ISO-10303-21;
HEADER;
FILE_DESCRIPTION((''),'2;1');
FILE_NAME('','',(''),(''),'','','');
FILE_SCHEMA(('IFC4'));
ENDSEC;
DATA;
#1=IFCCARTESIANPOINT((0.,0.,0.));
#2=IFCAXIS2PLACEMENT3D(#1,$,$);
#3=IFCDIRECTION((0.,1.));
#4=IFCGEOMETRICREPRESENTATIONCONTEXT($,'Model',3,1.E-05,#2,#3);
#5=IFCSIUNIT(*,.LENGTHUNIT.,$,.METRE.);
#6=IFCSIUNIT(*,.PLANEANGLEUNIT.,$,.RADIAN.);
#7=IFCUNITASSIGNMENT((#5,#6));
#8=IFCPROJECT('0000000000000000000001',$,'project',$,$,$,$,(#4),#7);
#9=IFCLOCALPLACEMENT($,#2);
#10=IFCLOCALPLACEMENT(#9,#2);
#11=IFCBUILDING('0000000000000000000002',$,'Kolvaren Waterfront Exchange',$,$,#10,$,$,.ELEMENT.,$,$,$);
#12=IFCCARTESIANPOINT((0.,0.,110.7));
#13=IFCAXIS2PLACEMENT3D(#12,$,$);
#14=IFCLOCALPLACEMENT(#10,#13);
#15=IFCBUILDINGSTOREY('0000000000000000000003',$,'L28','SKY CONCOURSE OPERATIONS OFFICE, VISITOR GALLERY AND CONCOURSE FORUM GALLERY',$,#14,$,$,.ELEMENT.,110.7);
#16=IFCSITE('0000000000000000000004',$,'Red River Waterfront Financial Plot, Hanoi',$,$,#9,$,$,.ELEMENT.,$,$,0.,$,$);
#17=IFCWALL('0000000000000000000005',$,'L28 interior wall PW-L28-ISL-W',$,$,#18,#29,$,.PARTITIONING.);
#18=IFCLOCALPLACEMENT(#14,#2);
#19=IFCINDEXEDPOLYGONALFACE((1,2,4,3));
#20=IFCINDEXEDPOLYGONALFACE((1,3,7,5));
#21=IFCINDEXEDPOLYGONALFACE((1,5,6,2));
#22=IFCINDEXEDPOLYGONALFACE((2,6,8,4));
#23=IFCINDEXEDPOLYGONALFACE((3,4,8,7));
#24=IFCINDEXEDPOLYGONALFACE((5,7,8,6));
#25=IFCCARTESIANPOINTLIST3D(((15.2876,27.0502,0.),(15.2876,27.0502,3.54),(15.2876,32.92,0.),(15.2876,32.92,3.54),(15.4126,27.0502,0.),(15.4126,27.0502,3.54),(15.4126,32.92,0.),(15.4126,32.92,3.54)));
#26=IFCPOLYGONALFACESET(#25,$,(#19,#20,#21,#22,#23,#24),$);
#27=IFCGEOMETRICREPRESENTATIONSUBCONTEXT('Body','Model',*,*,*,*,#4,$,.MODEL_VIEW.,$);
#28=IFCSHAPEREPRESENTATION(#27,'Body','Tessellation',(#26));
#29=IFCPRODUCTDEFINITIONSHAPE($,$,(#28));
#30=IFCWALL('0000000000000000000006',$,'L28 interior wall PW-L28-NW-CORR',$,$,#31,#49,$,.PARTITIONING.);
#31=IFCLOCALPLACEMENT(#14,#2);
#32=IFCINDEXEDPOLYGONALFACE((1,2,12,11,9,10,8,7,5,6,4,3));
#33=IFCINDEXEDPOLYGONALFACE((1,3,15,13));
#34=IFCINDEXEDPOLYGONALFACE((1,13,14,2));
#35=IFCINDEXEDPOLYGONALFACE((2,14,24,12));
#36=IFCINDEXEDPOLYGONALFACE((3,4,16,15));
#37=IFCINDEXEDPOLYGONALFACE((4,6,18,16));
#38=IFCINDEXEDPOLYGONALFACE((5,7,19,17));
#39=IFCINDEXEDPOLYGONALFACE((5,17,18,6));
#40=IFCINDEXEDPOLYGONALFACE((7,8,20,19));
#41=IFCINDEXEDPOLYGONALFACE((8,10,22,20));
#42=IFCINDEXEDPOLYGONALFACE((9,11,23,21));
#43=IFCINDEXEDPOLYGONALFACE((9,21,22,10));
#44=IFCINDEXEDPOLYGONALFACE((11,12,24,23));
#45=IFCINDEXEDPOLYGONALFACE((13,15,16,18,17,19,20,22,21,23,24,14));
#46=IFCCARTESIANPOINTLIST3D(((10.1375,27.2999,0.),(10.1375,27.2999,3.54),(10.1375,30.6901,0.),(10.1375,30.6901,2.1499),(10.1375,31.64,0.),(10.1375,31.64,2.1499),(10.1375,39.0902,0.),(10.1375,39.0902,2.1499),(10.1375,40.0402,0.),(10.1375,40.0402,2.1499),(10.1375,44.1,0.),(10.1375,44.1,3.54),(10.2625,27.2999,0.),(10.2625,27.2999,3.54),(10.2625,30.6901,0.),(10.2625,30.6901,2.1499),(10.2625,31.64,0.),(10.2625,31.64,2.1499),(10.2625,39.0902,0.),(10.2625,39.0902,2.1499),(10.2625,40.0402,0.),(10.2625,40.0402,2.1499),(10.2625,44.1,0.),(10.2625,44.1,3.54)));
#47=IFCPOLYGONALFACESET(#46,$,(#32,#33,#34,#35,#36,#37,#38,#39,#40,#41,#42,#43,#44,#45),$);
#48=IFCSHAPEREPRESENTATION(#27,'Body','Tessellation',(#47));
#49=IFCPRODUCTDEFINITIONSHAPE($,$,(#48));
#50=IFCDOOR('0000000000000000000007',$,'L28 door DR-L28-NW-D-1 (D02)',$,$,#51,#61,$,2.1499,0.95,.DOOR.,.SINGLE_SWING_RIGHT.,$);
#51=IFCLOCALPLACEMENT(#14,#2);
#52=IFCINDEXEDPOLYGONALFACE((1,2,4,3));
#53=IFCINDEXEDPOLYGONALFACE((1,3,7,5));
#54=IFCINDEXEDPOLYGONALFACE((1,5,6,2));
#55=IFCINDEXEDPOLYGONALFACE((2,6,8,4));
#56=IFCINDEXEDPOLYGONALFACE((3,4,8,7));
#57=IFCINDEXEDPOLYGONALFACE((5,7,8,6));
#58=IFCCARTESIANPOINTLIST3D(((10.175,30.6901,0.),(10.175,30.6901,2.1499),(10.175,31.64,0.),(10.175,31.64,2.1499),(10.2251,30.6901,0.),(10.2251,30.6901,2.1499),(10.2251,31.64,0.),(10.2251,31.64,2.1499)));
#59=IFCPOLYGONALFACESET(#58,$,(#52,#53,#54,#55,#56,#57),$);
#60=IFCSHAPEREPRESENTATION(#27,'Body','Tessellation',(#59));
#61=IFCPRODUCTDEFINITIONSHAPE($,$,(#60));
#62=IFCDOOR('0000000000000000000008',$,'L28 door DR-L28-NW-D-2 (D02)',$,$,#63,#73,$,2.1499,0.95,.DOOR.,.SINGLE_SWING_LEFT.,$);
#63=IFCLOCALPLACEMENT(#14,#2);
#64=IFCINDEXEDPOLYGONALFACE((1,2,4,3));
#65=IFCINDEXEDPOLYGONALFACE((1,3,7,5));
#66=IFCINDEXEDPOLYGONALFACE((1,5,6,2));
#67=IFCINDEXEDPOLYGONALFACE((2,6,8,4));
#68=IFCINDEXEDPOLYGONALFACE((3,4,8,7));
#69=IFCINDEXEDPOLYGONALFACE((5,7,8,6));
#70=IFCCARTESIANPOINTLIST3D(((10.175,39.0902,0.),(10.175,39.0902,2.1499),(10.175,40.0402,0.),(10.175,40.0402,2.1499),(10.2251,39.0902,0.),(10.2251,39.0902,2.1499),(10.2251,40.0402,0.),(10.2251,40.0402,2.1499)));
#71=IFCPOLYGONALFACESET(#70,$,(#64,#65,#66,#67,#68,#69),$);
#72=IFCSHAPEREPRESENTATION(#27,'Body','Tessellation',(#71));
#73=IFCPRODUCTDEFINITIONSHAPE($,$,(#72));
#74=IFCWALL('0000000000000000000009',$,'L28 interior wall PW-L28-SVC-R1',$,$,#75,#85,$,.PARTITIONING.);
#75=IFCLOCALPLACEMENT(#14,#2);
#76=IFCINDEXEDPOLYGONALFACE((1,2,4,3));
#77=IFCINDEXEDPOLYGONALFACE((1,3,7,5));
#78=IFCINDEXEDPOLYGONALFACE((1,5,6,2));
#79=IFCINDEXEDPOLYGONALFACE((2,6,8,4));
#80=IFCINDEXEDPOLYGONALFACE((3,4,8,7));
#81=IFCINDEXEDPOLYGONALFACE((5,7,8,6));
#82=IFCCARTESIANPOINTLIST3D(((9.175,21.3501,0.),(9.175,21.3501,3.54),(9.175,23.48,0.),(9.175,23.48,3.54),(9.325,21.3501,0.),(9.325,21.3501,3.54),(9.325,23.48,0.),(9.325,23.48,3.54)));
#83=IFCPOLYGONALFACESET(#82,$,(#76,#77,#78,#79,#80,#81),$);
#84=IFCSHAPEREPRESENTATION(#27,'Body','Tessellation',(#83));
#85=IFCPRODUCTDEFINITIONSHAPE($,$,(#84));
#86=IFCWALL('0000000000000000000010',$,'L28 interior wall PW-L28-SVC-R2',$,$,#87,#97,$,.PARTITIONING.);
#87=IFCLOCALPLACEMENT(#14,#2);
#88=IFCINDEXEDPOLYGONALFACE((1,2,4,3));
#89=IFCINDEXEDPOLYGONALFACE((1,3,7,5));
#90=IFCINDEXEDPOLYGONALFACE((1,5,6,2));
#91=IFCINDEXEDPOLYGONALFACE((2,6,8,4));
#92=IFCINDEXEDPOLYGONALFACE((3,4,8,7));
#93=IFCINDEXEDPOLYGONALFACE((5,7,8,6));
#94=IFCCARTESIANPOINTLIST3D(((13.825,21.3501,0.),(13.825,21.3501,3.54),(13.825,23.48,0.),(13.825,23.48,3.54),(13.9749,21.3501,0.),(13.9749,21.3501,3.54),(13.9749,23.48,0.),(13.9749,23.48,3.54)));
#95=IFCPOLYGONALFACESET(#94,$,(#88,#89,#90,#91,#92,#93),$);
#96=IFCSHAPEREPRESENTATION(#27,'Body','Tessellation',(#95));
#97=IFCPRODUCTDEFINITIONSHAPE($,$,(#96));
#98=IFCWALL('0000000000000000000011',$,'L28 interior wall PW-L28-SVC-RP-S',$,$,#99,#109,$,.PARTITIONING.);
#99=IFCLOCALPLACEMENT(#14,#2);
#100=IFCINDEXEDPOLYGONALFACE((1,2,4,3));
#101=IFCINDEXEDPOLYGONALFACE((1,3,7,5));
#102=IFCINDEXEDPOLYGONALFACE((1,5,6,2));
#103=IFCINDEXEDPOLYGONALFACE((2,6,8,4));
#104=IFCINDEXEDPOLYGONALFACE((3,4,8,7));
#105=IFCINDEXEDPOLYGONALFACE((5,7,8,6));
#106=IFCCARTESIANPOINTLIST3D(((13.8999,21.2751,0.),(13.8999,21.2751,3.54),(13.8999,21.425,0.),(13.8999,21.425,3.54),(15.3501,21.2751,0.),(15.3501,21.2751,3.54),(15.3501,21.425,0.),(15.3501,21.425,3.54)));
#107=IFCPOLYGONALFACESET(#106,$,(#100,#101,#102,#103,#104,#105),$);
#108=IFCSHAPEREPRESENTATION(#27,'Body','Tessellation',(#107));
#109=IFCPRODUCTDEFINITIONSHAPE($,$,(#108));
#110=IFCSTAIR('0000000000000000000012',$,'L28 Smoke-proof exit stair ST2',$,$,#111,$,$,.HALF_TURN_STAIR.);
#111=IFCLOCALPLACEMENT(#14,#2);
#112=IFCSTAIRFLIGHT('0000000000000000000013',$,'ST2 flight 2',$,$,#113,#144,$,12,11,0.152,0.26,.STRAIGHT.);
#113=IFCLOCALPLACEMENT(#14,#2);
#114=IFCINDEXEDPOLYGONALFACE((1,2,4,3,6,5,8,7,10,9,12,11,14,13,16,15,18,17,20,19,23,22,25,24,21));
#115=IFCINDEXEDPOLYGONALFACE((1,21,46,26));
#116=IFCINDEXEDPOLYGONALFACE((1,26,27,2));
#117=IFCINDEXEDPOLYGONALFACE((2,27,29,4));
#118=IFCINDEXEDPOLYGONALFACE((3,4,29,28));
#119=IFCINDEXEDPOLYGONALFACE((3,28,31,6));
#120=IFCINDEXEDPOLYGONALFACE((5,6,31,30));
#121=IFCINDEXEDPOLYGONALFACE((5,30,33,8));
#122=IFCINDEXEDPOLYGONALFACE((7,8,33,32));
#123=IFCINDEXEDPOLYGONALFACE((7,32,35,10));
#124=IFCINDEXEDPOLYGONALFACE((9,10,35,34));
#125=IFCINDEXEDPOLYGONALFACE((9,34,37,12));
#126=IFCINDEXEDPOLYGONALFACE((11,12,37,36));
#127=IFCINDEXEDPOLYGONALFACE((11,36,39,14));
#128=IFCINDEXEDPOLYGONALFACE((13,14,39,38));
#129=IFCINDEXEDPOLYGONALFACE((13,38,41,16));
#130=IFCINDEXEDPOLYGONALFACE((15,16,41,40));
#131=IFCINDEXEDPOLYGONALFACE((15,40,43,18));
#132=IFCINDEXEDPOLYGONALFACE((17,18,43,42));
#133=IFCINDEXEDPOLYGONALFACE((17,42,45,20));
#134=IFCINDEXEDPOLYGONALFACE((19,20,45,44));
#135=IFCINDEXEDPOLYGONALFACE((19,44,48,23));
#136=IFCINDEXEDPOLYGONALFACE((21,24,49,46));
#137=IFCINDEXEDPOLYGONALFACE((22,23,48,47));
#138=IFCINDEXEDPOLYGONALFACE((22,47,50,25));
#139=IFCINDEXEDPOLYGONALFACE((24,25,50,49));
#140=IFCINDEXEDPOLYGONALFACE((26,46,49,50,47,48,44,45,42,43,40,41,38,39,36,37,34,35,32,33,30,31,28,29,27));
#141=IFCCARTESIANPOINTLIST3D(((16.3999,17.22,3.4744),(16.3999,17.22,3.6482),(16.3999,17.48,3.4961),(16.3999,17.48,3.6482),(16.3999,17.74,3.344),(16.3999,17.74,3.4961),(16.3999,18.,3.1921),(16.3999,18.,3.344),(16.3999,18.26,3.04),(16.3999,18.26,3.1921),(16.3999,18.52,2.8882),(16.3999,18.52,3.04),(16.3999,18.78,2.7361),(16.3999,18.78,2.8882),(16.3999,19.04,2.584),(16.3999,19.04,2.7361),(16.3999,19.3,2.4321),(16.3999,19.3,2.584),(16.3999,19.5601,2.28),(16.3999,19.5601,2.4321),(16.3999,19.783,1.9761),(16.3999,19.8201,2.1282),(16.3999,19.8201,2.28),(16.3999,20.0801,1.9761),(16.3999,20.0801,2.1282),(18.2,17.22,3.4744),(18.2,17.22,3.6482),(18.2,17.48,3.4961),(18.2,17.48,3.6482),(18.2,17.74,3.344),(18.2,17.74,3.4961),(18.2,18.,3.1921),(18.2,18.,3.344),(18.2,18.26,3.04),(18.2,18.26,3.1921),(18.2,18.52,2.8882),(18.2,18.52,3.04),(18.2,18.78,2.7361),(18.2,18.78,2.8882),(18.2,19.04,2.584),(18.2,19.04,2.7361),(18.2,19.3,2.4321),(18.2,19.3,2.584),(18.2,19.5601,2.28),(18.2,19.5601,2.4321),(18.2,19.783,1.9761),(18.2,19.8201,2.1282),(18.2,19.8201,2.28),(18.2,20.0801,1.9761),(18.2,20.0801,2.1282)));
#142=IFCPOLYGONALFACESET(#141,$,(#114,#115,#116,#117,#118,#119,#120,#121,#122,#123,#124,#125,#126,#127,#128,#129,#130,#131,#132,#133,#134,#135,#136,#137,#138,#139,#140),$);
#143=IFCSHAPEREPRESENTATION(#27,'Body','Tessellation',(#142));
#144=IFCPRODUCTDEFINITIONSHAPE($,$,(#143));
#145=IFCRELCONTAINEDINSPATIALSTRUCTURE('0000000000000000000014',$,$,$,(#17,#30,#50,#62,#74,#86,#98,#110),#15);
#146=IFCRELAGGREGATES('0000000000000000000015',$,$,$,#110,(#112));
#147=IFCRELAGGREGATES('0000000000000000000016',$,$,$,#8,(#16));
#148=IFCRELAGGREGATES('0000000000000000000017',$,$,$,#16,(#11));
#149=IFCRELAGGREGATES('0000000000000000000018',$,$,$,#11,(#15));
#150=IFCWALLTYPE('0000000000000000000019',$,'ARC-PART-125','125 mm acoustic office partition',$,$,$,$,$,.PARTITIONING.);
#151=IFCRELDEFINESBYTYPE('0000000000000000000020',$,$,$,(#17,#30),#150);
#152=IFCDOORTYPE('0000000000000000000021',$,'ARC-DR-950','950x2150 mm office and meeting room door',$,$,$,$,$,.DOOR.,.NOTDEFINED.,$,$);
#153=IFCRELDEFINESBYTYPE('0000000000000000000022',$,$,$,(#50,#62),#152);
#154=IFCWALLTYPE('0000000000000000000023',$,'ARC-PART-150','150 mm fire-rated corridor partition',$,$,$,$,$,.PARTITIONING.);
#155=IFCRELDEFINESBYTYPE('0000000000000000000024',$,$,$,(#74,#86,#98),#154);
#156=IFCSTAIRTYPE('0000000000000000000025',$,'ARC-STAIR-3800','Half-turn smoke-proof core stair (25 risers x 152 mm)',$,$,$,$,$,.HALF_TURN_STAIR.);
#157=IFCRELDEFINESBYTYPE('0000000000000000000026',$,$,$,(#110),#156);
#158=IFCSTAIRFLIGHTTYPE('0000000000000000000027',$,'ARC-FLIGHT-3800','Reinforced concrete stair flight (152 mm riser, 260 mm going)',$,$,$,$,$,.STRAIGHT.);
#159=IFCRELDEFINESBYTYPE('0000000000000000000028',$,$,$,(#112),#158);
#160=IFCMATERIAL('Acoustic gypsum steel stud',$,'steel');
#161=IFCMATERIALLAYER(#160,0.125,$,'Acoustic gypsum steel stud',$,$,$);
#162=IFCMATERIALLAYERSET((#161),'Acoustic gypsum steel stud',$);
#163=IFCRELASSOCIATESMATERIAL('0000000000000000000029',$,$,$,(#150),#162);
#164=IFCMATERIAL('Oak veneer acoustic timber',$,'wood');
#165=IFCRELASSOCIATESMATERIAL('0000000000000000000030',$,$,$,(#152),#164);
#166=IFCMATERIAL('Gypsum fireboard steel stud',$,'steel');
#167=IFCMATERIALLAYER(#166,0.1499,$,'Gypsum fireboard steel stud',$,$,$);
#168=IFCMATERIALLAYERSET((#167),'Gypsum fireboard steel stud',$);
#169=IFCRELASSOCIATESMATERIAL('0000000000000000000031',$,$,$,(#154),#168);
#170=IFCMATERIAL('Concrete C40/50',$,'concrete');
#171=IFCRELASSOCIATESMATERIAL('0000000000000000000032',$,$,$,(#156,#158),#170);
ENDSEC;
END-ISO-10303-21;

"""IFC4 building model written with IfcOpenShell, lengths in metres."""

from ifc_helpers import new_model, si_unit, direction, frame, frame_2d, origin, place, context, subcontext, project, spatial, polyline, rectangle, outline, extrude, material, layer, layer_set, type_object, element, fill, aggregate, save


model = new_model("IFC4")

# Units and contexts
model_context = context("Model", 3, precision=1e-05, world=origin(), true_north=direction((0.0, 1.0)))
body_context = subcontext(model_context, "Body", "Model", "MODEL_VIEW")
ifc_project = project(units=[si_unit("LENGTHUNIT", "METRE"), si_unit("PLANEANGLEUNIT", "RADIAN")], contexts=[model_context])

# Site, building, storey
site_placement = place(None, origin())
site = spatial("IfcSite", under=ifc_project, at=site_placement, Name="Red River Waterfront Financial Plot, Hanoi", CompositionType="ELEMENT", RefElevation=0.0)
building_placement = place(site_placement, origin())
building = spatial("IfcBuilding", under=site, at=building_placement, Name="Kolvaren Waterfront Exchange", CompositionType="ELEMENT")
storey_placement = place(building_placement, frame((0.0, 0.0, 110.7)))
storey = spatial("IfcBuildingStorey", under=building, at=storey_placement, Name="L28", Description="SKY CONCOURSE OPERATIONS OFFICE, VISITOR GALLERY AND CONCOURSE FORUM GALLERY", CompositionType="ELEMENT", Elevation=110.7)

# Shared definitions
ifc_material_1 = material(Name="Acoustic gypsum steel stud", Category="steel")
ifc_layer_1 = layer(ifc_material_1, 0.125, Name="Acoustic gypsum steel stud")
ifc_layer_set_1 = layer_set([ifc_layer_1], Name="Acoustic gypsum steel stud")
wall_type_1 = type_object("IfcWallType", Name="ARC-PART-125", Description="125 mm acoustic office partition", PredefinedType="PARTITIONING", material=ifc_layer_set_1)

# Wall
wall_1_placement = place(storey_placement, frame((15.3501, 27.05, 0.0), z_axis=(0.0, 0.0, 1.0), x_axis=(0.0, 1.0, 0.0)))
element("IfcWall", 1, at=wall_1_placement, inside=storey, type_object=wall_type_1, Name="L28 interior wall PW-L28-ISL-W", PredefinedType="PARTITIONING", context=body_context, shape_type="SweptSolid", body=[
    extrude(rectangle(XDim=5.8699, YDim=0.125, at=frame_2d((2.9351, 0.0))), origin(), (0.0, 0.0, 1.0), 3.54),
])

# Wall, openings, doors
wall_2_placement = place(storey_placement, frame((10.2, 27.3, 0.0), z_axis=(0.0, 0.0, 1.0), x_axis=(0.0, 1.0, 0.0)))
wall_2 = element("IfcWall", 2, at=wall_2_placement, inside=storey, type_object=wall_type_1, Name="L28 interior wall PW-L28-NW-CORR", PredefinedType="PARTITIONING", context=body_context, shape_type="SweptSolid", body=[
    extrude(rectangle(XDim=16.8, YDim=0.125, at=frame_2d((8.3999, 0.0))), origin(), (0.0, 0.0, 1.0), 3.54),
])
opening_1_placement = place(wall_2_placement, frame((3.3899, 0.0, 0.0)))
opening_1 = element("IfcOpeningElement", 3, at=opening_1_placement, cuts=wall_2, PredefinedType="OPENING", context=body_context, shape_type="SweptSolid", body=[
    extrude(rectangle(XDim=0.95, YDim=2.1499, at=frame_2d((0.4751, 1.075))), frame((0.0, 0.0725, 0.0), z_axis=(0.0, -1.0, 0.0), x_axis=(1.0, 0.0, 0.0)), (0.0, 0.0, 1.0), 0.145),
])
opening_2_placement = place(wall_2_placement, frame((11.79, 0.0, 0.0)))
opening_2 = element("IfcOpeningElement", 4, at=opening_2_placement, cuts=wall_2, PredefinedType="OPENING", context=body_context, shape_type="SweptSolid", body=[
    extrude(rectangle(XDim=0.95, YDim=2.1499, at=frame_2d((0.4751, 1.075))), frame((0.0, 0.0725, 0.0), z_axis=(0.0, -1.0, 0.0), x_axis=(1.0, 0.0, 0.0)), (0.0, 0.0, 1.0), 0.145),
])
ifc_material_2 = material(Name="Oak veneer acoustic timber", Category="wood")
door_type_1 = type_object("IfcDoorType", Name="ARC-DR-950", Description="950x2150 mm office and meeting room door", OperationType="NOTDEFINED", PredefinedType="DOOR", material=ifc_material_2)
door_1_placement = place(opening_1_placement, origin())
door_1 = element("IfcDoor", 5, at=door_1_placement, inside=storey, type_object=door_type_1, Name="L28 door DR-L28-NW-D-1 (D02)", OperationType="SINGLE_SWING_RIGHT", OverallHeight=2.1499, OverallWidth=0.95, PredefinedType="DOOR", context=body_context, shape_type="SweptSolid", body=[
    extrude(rectangle(XDim=0.95, YDim=2.1499, at=frame_2d((0.4751, 1.075))), frame((0.0, 0.0249, 0.0), z_axis=(0.0, -1.0, 0.0), x_axis=(1.0, 0.0, 0.0)), (0.0, 0.0, 1.0), 0.05),
])
fill(opening_1, door_1)
door_2_placement = place(opening_2_placement, origin())
door_2 = element("IfcDoor", 6, at=door_2_placement, inside=storey, type_object=door_type_1, Name="L28 door DR-L28-NW-D-2 (D02)", OperationType="SINGLE_SWING_LEFT", OverallHeight=2.1499, OverallWidth=0.95, PredefinedType="DOOR", context=body_context, shape_type="SweptSolid", body=[
    extrude(rectangle(XDim=0.95, YDim=2.1499, at=frame_2d((0.4751, 1.075))), frame((0.0, 0.0249, 0.0), z_axis=(0.0, -1.0, 0.0), x_axis=(1.0, 0.0, 0.0)), (0.0, 0.0, 1.0), 0.05),
])
fill(opening_2, door_2)

# Walls
ifc_material_3 = material(Name="Gypsum fireboard steel stud", Category="steel")
ifc_layer_2 = layer(ifc_material_3, 0.1499, Name="Gypsum fireboard steel stud")
ifc_layer_set_2 = layer_set([ifc_layer_2], Name="Gypsum fireboard steel stud")
wall_type_2 = type_object("IfcWallType", Name="ARC-PART-150", Description="150 mm fire-rated corridor partition", PredefinedType="PARTITIONING", material=ifc_layer_set_2)
for number, where, z_axis, x_axis, name in (
    (7, (9.25, 21.3501, 0.0), (0.0, 0.0, 1.0), (0.0, 1.0, 0.0), "L28 interior wall PW-L28-SVC-R1"),
    (8, (13.8999, 21.3501, 0.0), (0.0, 0.0, 1.0), (0.0, 1.0, 0.0), "L28 interior wall PW-L28-SVC-R2"),
):
    element("IfcWall", number, at=place(storey_placement, frame(where, z_axis=z_axis, x_axis=x_axis)), inside=storey, type_object=wall_type_2, Name=name, PredefinedType="PARTITIONING", context=body_context, shape_type="SweptSolid", body=[
        extrude(rectangle(XDim=2.1299, YDim=0.1499, at=frame_2d((1.0649, 0.0))), origin(), (0.0, 0.0, 1.0), 3.54),
    ])

# Wall
wall_3_placement = place(storey_placement, frame((13.8999, 21.3501, 0.0), z_axis=(0.0, 0.0, 1.0), x_axis=(1.0, 0.0, 0.0)))
element("IfcWall", 9, at=wall_3_placement, inside=storey, type_object=wall_type_2, Name="L28 interior wall PW-L28-SVC-RP-S", PredefinedType="PARTITIONING", context=body_context, shape_type="SweptSolid", body=[
    extrude(rectangle(XDim=1.4502, YDim=0.1499, at=frame_2d((0.7251, 0.0))), origin(), (0.0, 0.0, 1.0), 3.54),
])

# Stair, stair flight
ifc_material_4 = material(Name="Concrete C40/50", Category="concrete")
stair_type = type_object("IfcStairType", Name="ARC-STAIR-3800", Description="Half-turn smoke-proof core stair (25 risers x 152 mm)", PredefinedType="HALF_TURN_STAIR", material=ifc_material_4)
stair_placement = place(storey_placement, origin())
stair = element("IfcStair", 10, at=stair_placement, inside=storey, type_object=stair_type, Name="L28 Smoke-proof exit stair ST2", PredefinedType="HALF_TURN_STAIR")
stair_flight_type = type_object("IfcStairFlightType", Name="ARC-FLIGHT-3800", Description="Reinforced concrete stair flight (152 mm riser, 260 mm going)", PredefinedType="STRAIGHT", material=ifc_material_4)
stair_flight_placement = place(storey_placement, frame((17.3, 20.0801, 1.9761), z_axis=(0.0, 0.0, 1.0), x_axis=(0.0, -1.0, 0.0)))
stair_flight = element("IfcStairFlight", 11, at=stair_flight_placement, type_object=stair_flight_type, Name="ST2 flight 2", NumberOfRisers=12, NumberOfTreads=11, PredefinedType="STRAIGHT", RiserHeight=0.152, TreadLength=0.26, context=body_context, shape_type="SweptSolid", body=[
    extrude(outline(polyline([(0.0, 0.0), (0.0, 0.1521), (0.26, 0.1521), (0.26, 0.304), (0.52, 0.304), (0.52, 0.4561), (0.78, 0.4561), (0.78, 0.6079), (1.04, 0.6079), (1.04, 0.76), (1.3, 0.76), (1.3, 0.9121), (1.5601, 0.9121), (1.5601, 1.064), (1.8201, 1.064), (1.8201, 1.2161), (2.0801, 1.2161), (2.0801, 1.3679), (2.3401, 1.3679), (2.3401, 1.52), (2.6001, 1.52), (2.6001, 1.6721), (2.8601, 1.6721), (2.8601, 1.824), (2.8601, 1.4983), (0.2971, 0.0), (0.0, 0.0)])), frame((0.0, 0.8999, 0.0), z_axis=(0.0, -1.0, 0.0), x_axis=(1.0, 0.0, 0.0)), (0.0, 0.0, 1.0), 1.8),
])
aggregate(stair, [stair_flight])

save(model, "model.ifc")
